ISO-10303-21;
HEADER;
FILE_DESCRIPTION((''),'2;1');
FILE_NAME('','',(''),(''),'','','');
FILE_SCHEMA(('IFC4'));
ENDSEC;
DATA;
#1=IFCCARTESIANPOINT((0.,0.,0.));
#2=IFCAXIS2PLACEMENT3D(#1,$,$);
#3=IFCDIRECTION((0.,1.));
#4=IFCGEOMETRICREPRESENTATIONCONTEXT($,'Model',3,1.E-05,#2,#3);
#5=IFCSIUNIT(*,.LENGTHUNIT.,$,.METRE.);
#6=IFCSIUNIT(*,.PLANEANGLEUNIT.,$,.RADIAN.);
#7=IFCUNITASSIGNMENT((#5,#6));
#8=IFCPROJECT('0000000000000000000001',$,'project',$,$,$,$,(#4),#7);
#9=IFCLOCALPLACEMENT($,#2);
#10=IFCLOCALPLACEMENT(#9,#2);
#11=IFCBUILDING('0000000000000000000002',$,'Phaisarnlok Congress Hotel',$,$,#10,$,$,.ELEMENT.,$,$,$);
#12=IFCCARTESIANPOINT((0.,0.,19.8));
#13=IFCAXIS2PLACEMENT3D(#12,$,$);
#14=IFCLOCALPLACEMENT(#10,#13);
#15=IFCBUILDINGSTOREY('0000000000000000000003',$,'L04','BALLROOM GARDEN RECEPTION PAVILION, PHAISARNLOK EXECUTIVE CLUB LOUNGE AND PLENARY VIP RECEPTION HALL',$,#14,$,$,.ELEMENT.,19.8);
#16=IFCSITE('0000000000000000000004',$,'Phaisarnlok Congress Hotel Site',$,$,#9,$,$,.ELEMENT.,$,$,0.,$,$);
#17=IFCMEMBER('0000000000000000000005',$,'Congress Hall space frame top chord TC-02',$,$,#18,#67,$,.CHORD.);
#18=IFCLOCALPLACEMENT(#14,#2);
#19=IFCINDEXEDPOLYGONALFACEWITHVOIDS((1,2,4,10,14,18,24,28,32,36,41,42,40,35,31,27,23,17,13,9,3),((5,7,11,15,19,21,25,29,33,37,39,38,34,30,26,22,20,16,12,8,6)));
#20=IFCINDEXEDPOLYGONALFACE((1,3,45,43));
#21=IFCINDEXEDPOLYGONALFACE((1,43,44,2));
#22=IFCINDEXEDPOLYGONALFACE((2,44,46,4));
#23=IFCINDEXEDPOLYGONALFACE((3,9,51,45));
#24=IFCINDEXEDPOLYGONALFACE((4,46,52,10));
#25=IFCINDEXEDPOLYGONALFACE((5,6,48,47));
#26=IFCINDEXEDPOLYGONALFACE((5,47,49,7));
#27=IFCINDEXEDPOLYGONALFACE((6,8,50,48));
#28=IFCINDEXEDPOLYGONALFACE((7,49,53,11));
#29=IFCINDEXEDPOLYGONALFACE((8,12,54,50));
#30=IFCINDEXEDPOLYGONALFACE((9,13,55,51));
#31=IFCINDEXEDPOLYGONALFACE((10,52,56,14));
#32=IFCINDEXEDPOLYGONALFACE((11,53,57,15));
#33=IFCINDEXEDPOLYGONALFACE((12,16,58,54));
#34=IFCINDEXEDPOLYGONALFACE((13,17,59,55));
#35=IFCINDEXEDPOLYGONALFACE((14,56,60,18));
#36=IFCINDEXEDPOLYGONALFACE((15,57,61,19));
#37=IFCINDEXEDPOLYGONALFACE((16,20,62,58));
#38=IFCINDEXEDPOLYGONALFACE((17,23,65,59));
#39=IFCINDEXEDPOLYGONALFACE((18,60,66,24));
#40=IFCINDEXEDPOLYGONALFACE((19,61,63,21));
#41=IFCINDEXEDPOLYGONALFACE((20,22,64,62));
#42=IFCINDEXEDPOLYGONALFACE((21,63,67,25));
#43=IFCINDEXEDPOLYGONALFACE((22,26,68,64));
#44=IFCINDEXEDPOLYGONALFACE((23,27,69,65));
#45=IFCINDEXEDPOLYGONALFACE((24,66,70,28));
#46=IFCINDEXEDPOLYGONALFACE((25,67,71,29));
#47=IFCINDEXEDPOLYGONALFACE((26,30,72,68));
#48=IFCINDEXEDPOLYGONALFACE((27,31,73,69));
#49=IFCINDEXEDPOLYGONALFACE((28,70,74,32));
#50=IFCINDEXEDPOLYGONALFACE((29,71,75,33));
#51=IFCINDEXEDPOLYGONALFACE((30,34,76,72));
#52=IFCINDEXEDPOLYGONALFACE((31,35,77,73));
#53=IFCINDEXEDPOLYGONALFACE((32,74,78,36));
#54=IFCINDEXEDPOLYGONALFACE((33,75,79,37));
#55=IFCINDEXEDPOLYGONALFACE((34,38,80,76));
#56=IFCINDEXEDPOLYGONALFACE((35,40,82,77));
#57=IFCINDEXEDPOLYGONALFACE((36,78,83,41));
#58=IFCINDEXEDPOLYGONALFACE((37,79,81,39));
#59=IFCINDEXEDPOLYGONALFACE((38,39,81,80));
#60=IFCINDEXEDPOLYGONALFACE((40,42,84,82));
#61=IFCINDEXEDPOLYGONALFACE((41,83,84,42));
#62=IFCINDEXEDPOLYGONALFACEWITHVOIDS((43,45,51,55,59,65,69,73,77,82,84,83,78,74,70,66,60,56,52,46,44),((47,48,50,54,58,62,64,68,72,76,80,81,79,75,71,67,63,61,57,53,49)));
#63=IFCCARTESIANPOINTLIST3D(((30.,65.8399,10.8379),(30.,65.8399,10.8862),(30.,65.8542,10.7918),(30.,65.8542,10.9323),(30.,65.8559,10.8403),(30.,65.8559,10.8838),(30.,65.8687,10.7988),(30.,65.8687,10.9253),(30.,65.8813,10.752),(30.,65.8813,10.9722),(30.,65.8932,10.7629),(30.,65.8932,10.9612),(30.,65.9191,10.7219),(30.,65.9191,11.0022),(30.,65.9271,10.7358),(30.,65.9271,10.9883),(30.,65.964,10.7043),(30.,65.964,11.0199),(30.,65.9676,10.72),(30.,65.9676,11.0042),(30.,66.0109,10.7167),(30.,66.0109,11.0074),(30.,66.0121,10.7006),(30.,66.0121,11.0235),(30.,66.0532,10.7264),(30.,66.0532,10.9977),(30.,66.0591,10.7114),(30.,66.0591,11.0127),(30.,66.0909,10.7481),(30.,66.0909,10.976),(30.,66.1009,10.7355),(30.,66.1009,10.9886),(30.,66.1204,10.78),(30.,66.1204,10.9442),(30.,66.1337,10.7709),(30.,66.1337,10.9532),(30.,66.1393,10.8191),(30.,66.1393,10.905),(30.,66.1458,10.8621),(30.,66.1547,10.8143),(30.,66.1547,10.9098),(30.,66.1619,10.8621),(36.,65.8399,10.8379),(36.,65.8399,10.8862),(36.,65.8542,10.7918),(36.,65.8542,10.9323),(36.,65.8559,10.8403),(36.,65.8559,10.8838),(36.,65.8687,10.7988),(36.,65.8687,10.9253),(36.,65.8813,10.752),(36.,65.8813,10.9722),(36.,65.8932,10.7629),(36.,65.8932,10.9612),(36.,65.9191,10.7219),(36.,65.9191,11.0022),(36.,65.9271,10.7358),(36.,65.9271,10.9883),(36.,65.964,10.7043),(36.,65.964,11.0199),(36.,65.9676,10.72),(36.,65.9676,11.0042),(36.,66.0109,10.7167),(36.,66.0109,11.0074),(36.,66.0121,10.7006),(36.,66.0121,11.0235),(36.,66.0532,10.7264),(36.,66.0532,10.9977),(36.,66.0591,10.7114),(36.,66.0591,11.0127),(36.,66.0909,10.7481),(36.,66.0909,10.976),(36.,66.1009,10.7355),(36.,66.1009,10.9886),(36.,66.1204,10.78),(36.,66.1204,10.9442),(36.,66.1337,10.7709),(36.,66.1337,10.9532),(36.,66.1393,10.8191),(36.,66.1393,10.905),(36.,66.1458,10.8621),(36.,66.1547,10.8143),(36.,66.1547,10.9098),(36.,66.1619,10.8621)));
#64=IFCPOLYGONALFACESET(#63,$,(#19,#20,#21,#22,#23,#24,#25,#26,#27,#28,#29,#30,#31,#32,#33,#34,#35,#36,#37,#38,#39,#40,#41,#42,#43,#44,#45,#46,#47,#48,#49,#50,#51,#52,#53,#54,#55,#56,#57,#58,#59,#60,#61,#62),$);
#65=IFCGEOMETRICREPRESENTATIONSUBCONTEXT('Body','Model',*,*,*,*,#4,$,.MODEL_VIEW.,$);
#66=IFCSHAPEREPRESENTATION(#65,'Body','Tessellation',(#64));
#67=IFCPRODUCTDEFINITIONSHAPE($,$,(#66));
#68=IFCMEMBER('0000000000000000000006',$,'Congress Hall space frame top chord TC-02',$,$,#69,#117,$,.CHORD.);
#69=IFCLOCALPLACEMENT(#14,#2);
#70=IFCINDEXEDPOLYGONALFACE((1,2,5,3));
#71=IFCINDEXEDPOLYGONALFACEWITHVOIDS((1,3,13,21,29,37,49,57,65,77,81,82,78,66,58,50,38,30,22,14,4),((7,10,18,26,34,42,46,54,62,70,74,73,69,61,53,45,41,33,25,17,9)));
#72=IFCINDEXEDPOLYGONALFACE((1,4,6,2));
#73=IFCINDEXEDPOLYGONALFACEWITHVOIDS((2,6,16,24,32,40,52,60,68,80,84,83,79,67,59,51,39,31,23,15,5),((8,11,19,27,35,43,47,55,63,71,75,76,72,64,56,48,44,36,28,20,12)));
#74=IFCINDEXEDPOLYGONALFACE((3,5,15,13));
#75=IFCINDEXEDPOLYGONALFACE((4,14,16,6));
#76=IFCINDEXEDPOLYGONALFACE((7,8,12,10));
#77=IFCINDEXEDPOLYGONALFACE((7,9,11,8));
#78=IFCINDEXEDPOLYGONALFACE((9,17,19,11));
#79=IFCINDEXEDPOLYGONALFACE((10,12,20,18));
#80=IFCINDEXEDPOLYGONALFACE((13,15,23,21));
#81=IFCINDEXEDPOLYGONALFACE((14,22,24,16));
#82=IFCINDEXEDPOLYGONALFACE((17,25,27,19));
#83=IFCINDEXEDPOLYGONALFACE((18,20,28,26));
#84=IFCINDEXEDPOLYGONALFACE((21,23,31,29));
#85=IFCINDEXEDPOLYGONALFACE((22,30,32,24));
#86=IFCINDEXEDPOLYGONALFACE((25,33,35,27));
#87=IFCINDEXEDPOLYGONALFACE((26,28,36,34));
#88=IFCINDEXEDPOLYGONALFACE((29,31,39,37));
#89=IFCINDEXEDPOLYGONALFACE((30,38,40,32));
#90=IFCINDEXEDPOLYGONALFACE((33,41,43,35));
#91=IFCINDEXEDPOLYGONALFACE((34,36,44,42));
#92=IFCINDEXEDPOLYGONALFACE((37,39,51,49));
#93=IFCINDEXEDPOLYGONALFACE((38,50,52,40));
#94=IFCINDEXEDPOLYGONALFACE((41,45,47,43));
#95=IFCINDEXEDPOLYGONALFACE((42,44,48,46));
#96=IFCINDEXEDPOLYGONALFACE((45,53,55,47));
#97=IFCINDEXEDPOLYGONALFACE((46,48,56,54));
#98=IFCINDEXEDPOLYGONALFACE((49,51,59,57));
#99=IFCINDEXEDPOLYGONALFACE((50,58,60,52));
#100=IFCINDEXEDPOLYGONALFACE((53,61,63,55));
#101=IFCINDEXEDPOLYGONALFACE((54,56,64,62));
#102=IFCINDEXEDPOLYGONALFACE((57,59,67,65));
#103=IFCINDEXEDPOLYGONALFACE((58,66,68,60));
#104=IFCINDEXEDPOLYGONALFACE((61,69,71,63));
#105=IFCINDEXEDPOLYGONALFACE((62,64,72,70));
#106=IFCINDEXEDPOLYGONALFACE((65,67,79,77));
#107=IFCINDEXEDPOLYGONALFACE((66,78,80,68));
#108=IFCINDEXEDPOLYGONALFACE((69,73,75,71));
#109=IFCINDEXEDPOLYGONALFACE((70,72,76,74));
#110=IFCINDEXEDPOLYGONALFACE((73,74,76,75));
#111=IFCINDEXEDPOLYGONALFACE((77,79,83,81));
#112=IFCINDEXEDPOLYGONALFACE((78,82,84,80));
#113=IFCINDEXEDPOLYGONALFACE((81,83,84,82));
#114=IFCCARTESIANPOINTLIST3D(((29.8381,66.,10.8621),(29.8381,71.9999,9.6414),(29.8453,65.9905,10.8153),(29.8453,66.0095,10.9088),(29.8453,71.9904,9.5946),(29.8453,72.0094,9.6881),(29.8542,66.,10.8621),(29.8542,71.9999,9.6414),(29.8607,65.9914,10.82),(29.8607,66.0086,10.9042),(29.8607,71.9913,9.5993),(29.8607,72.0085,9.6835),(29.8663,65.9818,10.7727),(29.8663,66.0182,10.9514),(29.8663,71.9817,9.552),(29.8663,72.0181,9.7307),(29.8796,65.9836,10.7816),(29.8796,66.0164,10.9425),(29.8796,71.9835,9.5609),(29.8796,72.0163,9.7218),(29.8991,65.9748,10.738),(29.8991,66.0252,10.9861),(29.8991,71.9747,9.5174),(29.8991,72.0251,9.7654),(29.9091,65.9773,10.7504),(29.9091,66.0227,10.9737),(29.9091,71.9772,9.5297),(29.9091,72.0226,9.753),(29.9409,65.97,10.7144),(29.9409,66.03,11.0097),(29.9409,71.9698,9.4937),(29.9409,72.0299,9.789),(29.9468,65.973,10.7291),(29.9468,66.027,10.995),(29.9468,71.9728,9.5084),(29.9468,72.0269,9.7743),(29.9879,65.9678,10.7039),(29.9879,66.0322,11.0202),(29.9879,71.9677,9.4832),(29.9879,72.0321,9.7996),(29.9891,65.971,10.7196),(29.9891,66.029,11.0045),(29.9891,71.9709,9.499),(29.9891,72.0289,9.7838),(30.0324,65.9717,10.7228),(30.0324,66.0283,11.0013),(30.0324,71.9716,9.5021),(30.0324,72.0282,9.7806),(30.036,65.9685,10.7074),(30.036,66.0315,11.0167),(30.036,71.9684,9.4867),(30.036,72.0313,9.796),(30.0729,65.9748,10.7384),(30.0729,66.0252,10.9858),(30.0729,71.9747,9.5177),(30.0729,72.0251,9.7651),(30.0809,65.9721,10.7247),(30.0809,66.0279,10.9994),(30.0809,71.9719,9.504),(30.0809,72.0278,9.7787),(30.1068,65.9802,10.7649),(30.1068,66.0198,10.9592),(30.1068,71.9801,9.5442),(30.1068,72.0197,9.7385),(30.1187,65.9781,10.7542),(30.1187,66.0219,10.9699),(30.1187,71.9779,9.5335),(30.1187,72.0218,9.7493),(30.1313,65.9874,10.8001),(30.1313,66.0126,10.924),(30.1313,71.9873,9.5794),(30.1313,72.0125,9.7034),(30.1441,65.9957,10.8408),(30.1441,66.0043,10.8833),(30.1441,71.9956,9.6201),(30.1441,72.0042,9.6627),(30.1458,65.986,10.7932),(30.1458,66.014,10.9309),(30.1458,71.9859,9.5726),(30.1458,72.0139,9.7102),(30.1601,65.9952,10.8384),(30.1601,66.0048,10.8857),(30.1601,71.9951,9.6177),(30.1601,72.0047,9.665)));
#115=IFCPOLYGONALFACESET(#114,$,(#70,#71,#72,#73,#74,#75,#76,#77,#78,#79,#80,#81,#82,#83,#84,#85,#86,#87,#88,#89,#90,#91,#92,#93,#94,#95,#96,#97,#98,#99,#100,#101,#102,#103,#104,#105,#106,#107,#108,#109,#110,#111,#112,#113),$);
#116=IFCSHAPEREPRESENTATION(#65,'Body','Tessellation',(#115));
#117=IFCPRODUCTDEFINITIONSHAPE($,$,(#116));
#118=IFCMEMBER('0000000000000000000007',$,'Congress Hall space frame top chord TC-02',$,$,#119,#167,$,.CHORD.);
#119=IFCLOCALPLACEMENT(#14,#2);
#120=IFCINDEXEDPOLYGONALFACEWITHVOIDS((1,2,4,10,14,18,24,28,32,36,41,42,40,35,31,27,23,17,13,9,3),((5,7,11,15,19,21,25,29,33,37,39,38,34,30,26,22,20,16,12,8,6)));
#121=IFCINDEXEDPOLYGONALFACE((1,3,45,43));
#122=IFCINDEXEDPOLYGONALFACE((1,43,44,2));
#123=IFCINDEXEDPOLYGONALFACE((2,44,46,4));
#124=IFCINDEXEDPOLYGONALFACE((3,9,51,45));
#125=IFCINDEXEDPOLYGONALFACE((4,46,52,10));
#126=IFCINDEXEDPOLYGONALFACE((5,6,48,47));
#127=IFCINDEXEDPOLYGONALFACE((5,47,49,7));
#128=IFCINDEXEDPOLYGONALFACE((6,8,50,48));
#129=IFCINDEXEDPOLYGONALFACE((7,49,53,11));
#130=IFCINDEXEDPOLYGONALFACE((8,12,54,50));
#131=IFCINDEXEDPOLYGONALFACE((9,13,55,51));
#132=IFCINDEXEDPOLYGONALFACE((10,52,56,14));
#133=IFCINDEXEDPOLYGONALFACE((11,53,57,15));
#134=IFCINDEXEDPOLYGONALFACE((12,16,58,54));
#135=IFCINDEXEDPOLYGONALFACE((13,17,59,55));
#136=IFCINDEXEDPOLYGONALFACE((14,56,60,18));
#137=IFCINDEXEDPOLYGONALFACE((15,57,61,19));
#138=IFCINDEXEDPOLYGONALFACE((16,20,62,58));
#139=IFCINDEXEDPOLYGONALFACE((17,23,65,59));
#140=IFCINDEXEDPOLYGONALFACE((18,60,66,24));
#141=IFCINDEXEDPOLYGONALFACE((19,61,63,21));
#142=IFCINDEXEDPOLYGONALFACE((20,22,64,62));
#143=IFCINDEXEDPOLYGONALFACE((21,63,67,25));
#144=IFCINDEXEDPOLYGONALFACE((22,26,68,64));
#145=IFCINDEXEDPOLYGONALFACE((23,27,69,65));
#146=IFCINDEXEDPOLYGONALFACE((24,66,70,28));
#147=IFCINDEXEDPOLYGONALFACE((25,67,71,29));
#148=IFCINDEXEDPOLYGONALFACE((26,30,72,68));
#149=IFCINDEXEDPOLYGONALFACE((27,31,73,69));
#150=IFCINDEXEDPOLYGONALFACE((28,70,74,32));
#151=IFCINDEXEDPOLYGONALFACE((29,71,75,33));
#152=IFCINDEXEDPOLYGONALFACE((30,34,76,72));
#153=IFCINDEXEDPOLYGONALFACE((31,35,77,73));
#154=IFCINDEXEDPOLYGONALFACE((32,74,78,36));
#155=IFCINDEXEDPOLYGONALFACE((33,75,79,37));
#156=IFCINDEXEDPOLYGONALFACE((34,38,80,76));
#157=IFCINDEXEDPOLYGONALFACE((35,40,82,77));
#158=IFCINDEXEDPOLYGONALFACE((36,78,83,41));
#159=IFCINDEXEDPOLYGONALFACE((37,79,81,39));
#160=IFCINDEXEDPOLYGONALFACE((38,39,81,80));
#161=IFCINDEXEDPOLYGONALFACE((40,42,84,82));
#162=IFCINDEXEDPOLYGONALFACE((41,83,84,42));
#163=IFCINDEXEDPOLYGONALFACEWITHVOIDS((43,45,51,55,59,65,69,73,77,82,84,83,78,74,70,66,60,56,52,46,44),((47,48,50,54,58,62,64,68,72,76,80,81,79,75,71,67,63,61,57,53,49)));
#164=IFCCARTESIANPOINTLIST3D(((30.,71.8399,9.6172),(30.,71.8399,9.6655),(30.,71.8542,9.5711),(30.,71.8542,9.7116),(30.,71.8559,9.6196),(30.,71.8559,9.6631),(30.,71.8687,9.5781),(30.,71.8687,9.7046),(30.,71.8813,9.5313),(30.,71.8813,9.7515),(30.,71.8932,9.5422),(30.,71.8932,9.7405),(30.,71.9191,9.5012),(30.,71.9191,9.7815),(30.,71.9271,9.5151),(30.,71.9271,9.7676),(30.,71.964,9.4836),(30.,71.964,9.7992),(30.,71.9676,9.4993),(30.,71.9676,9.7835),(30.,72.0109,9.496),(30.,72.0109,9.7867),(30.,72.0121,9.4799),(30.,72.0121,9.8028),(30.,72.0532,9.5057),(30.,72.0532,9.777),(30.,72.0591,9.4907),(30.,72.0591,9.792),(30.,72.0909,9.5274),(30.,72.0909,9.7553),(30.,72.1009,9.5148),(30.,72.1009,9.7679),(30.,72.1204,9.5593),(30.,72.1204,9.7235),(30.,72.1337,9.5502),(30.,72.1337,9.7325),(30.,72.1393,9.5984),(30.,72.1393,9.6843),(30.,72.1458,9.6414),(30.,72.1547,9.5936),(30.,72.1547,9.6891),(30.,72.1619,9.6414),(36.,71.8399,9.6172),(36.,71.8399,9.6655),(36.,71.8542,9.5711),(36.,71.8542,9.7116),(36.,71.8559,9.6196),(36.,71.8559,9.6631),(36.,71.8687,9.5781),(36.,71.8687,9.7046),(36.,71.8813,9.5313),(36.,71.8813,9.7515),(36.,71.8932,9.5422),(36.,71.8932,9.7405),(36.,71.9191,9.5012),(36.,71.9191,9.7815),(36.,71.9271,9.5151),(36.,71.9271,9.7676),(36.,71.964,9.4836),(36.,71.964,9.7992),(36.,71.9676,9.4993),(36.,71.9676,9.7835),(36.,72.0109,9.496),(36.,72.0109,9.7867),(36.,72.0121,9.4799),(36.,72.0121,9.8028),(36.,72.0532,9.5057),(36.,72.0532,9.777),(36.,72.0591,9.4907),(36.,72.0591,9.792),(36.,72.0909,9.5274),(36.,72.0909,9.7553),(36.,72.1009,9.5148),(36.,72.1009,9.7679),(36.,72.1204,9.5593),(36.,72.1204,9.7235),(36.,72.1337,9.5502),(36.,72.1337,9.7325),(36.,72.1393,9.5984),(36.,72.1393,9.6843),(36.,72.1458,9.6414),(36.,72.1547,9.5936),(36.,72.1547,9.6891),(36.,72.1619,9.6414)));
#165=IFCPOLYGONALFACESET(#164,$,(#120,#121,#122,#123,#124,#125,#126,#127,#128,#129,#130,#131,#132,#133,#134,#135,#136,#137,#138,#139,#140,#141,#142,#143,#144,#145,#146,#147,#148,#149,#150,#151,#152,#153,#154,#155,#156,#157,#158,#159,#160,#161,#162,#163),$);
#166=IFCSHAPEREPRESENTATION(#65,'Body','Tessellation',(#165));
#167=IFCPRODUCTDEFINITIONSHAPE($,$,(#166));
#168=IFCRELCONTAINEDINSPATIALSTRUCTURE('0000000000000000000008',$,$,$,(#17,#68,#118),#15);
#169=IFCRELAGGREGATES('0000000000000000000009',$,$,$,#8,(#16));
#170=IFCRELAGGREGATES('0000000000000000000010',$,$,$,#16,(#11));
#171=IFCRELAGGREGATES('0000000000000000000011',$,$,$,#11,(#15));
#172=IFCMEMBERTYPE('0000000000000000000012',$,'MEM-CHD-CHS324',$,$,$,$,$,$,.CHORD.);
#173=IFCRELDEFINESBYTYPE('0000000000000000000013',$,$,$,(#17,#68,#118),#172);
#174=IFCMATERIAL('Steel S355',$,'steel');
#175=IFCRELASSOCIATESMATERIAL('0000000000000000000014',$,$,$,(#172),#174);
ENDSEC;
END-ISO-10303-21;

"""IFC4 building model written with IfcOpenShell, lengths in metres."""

from ifc_helpers import new_model, si_unit, direction, frame, origin, origin_2d, place, context, subcontext, project, spatial, hollow_circle, extrude, material, material_profile, profile_set, type_object, element, save


model = new_model("IFC4")

# Units and contexts
model_context = context("Model", 3, precision=1e-05, world=origin(), true_north=direction((0.0, 1.0)))
body_context = subcontext(model_context, "Body", "Model", "MODEL_VIEW")
ifc_project = project(units=[si_unit("LENGTHUNIT", "METRE"), si_unit("PLANEANGLEUNIT", "RADIAN")], contexts=[model_context])

# Site, building, storey
site_placement = place(None, origin())
site = spatial("IfcSite", under=ifc_project, at=site_placement, Name="Phaisarnlok Congress Hotel Site", CompositionType="ELEMENT", RefElevation=0.0)
building_placement = place(site_placement, origin())
building = spatial("IfcBuilding", under=site, at=building_placement, Name="Phaisarnlok Congress Hotel", CompositionType="ELEMENT")
storey_placement = place(building_placement, frame((0.0, 0.0, 19.8)))
storey = spatial("IfcBuildingStorey", under=building, at=storey_placement, Name="L04", Description="BALLROOM GARDEN RECEPTION PAVILION, PHAISARNLOK EXECUTIVE CLUB LOUNGE AND PLENARY VIP RECEPTION HALL", CompositionType="ELEMENT", Elevation=19.8)

# Members
ifc_material = material(Name="Steel S355", Category="steel")
ifc_material_profile_1 = material_profile(ifc_material, hollow_circle(Radius=0.1619, WallThickness=0.0161, at=origin_2d()), Name="CHS 323.9x16")
ifc_profile_set_1 = profile_set([ifc_material_profile_1], Name="Steel S355")
member_type_1 = type_object("IfcMemberType", Name="MEM-CHD-CHS324", PredefinedType="CHORD", material=ifc_profile_set_1)
member_1_placement = place(storey_placement, frame((30.0, 66.0, 10.8621), z_axis=(1.0, 0.0, 0.0), x_axis=(0.0, 1.0, 0.0)))
element("IfcMember", 1, at=member_1_placement, inside=storey, type_object=member_type_1, Name="Congress Hall space frame top chord TC-02", PredefinedType="CHORD", context=body_context, shape_type="SweptSolid", body=[
    extrude(hollow_circle(Radius=0.1619, WallThickness=0.0161, at=origin_2d()), origin(), (0.0, 0.0, 1.0), 6.0),
])
member_2_placement = place(storey_placement, frame((30.0, 66.0, 10.8621), z_axis=(0.0, 0.979925, -0.199366), x_axis=(-1.0, 0.0, 0.0)))
element("IfcMember", 2, at=member_2_placement, inside=storey, type_object=member_type_1, Name="Congress Hall space frame top chord TC-02", PredefinedType="CHORD", context=body_context, shape_type="SweptSolid", body=[
    extrude(hollow_circle(Radius=0.1619, WallThickness=0.0161, at=origin_2d()), origin(), (0.0, 0.0, 1.0), 6.1228),
])
member_3_placement = place(storey_placement, frame((30.0, 72.0, 9.6414), z_axis=(1.0, 0.0, 0.0), x_axis=(0.0, 1.0, 0.0)))
element("IfcMember", 3, at=member_3_placement, inside=storey, type_object=member_type_1, Name="Congress Hall space frame top chord TC-02", PredefinedType="CHORD", context=body_context, shape_type="SweptSolid", body=[
    extrude(hollow_circle(Radius=0.1619, WallThickness=0.0161, at=origin_2d()), origin(), (0.0, 0.0, 1.0), 6.0),
])

save(model, "model.ifc")
